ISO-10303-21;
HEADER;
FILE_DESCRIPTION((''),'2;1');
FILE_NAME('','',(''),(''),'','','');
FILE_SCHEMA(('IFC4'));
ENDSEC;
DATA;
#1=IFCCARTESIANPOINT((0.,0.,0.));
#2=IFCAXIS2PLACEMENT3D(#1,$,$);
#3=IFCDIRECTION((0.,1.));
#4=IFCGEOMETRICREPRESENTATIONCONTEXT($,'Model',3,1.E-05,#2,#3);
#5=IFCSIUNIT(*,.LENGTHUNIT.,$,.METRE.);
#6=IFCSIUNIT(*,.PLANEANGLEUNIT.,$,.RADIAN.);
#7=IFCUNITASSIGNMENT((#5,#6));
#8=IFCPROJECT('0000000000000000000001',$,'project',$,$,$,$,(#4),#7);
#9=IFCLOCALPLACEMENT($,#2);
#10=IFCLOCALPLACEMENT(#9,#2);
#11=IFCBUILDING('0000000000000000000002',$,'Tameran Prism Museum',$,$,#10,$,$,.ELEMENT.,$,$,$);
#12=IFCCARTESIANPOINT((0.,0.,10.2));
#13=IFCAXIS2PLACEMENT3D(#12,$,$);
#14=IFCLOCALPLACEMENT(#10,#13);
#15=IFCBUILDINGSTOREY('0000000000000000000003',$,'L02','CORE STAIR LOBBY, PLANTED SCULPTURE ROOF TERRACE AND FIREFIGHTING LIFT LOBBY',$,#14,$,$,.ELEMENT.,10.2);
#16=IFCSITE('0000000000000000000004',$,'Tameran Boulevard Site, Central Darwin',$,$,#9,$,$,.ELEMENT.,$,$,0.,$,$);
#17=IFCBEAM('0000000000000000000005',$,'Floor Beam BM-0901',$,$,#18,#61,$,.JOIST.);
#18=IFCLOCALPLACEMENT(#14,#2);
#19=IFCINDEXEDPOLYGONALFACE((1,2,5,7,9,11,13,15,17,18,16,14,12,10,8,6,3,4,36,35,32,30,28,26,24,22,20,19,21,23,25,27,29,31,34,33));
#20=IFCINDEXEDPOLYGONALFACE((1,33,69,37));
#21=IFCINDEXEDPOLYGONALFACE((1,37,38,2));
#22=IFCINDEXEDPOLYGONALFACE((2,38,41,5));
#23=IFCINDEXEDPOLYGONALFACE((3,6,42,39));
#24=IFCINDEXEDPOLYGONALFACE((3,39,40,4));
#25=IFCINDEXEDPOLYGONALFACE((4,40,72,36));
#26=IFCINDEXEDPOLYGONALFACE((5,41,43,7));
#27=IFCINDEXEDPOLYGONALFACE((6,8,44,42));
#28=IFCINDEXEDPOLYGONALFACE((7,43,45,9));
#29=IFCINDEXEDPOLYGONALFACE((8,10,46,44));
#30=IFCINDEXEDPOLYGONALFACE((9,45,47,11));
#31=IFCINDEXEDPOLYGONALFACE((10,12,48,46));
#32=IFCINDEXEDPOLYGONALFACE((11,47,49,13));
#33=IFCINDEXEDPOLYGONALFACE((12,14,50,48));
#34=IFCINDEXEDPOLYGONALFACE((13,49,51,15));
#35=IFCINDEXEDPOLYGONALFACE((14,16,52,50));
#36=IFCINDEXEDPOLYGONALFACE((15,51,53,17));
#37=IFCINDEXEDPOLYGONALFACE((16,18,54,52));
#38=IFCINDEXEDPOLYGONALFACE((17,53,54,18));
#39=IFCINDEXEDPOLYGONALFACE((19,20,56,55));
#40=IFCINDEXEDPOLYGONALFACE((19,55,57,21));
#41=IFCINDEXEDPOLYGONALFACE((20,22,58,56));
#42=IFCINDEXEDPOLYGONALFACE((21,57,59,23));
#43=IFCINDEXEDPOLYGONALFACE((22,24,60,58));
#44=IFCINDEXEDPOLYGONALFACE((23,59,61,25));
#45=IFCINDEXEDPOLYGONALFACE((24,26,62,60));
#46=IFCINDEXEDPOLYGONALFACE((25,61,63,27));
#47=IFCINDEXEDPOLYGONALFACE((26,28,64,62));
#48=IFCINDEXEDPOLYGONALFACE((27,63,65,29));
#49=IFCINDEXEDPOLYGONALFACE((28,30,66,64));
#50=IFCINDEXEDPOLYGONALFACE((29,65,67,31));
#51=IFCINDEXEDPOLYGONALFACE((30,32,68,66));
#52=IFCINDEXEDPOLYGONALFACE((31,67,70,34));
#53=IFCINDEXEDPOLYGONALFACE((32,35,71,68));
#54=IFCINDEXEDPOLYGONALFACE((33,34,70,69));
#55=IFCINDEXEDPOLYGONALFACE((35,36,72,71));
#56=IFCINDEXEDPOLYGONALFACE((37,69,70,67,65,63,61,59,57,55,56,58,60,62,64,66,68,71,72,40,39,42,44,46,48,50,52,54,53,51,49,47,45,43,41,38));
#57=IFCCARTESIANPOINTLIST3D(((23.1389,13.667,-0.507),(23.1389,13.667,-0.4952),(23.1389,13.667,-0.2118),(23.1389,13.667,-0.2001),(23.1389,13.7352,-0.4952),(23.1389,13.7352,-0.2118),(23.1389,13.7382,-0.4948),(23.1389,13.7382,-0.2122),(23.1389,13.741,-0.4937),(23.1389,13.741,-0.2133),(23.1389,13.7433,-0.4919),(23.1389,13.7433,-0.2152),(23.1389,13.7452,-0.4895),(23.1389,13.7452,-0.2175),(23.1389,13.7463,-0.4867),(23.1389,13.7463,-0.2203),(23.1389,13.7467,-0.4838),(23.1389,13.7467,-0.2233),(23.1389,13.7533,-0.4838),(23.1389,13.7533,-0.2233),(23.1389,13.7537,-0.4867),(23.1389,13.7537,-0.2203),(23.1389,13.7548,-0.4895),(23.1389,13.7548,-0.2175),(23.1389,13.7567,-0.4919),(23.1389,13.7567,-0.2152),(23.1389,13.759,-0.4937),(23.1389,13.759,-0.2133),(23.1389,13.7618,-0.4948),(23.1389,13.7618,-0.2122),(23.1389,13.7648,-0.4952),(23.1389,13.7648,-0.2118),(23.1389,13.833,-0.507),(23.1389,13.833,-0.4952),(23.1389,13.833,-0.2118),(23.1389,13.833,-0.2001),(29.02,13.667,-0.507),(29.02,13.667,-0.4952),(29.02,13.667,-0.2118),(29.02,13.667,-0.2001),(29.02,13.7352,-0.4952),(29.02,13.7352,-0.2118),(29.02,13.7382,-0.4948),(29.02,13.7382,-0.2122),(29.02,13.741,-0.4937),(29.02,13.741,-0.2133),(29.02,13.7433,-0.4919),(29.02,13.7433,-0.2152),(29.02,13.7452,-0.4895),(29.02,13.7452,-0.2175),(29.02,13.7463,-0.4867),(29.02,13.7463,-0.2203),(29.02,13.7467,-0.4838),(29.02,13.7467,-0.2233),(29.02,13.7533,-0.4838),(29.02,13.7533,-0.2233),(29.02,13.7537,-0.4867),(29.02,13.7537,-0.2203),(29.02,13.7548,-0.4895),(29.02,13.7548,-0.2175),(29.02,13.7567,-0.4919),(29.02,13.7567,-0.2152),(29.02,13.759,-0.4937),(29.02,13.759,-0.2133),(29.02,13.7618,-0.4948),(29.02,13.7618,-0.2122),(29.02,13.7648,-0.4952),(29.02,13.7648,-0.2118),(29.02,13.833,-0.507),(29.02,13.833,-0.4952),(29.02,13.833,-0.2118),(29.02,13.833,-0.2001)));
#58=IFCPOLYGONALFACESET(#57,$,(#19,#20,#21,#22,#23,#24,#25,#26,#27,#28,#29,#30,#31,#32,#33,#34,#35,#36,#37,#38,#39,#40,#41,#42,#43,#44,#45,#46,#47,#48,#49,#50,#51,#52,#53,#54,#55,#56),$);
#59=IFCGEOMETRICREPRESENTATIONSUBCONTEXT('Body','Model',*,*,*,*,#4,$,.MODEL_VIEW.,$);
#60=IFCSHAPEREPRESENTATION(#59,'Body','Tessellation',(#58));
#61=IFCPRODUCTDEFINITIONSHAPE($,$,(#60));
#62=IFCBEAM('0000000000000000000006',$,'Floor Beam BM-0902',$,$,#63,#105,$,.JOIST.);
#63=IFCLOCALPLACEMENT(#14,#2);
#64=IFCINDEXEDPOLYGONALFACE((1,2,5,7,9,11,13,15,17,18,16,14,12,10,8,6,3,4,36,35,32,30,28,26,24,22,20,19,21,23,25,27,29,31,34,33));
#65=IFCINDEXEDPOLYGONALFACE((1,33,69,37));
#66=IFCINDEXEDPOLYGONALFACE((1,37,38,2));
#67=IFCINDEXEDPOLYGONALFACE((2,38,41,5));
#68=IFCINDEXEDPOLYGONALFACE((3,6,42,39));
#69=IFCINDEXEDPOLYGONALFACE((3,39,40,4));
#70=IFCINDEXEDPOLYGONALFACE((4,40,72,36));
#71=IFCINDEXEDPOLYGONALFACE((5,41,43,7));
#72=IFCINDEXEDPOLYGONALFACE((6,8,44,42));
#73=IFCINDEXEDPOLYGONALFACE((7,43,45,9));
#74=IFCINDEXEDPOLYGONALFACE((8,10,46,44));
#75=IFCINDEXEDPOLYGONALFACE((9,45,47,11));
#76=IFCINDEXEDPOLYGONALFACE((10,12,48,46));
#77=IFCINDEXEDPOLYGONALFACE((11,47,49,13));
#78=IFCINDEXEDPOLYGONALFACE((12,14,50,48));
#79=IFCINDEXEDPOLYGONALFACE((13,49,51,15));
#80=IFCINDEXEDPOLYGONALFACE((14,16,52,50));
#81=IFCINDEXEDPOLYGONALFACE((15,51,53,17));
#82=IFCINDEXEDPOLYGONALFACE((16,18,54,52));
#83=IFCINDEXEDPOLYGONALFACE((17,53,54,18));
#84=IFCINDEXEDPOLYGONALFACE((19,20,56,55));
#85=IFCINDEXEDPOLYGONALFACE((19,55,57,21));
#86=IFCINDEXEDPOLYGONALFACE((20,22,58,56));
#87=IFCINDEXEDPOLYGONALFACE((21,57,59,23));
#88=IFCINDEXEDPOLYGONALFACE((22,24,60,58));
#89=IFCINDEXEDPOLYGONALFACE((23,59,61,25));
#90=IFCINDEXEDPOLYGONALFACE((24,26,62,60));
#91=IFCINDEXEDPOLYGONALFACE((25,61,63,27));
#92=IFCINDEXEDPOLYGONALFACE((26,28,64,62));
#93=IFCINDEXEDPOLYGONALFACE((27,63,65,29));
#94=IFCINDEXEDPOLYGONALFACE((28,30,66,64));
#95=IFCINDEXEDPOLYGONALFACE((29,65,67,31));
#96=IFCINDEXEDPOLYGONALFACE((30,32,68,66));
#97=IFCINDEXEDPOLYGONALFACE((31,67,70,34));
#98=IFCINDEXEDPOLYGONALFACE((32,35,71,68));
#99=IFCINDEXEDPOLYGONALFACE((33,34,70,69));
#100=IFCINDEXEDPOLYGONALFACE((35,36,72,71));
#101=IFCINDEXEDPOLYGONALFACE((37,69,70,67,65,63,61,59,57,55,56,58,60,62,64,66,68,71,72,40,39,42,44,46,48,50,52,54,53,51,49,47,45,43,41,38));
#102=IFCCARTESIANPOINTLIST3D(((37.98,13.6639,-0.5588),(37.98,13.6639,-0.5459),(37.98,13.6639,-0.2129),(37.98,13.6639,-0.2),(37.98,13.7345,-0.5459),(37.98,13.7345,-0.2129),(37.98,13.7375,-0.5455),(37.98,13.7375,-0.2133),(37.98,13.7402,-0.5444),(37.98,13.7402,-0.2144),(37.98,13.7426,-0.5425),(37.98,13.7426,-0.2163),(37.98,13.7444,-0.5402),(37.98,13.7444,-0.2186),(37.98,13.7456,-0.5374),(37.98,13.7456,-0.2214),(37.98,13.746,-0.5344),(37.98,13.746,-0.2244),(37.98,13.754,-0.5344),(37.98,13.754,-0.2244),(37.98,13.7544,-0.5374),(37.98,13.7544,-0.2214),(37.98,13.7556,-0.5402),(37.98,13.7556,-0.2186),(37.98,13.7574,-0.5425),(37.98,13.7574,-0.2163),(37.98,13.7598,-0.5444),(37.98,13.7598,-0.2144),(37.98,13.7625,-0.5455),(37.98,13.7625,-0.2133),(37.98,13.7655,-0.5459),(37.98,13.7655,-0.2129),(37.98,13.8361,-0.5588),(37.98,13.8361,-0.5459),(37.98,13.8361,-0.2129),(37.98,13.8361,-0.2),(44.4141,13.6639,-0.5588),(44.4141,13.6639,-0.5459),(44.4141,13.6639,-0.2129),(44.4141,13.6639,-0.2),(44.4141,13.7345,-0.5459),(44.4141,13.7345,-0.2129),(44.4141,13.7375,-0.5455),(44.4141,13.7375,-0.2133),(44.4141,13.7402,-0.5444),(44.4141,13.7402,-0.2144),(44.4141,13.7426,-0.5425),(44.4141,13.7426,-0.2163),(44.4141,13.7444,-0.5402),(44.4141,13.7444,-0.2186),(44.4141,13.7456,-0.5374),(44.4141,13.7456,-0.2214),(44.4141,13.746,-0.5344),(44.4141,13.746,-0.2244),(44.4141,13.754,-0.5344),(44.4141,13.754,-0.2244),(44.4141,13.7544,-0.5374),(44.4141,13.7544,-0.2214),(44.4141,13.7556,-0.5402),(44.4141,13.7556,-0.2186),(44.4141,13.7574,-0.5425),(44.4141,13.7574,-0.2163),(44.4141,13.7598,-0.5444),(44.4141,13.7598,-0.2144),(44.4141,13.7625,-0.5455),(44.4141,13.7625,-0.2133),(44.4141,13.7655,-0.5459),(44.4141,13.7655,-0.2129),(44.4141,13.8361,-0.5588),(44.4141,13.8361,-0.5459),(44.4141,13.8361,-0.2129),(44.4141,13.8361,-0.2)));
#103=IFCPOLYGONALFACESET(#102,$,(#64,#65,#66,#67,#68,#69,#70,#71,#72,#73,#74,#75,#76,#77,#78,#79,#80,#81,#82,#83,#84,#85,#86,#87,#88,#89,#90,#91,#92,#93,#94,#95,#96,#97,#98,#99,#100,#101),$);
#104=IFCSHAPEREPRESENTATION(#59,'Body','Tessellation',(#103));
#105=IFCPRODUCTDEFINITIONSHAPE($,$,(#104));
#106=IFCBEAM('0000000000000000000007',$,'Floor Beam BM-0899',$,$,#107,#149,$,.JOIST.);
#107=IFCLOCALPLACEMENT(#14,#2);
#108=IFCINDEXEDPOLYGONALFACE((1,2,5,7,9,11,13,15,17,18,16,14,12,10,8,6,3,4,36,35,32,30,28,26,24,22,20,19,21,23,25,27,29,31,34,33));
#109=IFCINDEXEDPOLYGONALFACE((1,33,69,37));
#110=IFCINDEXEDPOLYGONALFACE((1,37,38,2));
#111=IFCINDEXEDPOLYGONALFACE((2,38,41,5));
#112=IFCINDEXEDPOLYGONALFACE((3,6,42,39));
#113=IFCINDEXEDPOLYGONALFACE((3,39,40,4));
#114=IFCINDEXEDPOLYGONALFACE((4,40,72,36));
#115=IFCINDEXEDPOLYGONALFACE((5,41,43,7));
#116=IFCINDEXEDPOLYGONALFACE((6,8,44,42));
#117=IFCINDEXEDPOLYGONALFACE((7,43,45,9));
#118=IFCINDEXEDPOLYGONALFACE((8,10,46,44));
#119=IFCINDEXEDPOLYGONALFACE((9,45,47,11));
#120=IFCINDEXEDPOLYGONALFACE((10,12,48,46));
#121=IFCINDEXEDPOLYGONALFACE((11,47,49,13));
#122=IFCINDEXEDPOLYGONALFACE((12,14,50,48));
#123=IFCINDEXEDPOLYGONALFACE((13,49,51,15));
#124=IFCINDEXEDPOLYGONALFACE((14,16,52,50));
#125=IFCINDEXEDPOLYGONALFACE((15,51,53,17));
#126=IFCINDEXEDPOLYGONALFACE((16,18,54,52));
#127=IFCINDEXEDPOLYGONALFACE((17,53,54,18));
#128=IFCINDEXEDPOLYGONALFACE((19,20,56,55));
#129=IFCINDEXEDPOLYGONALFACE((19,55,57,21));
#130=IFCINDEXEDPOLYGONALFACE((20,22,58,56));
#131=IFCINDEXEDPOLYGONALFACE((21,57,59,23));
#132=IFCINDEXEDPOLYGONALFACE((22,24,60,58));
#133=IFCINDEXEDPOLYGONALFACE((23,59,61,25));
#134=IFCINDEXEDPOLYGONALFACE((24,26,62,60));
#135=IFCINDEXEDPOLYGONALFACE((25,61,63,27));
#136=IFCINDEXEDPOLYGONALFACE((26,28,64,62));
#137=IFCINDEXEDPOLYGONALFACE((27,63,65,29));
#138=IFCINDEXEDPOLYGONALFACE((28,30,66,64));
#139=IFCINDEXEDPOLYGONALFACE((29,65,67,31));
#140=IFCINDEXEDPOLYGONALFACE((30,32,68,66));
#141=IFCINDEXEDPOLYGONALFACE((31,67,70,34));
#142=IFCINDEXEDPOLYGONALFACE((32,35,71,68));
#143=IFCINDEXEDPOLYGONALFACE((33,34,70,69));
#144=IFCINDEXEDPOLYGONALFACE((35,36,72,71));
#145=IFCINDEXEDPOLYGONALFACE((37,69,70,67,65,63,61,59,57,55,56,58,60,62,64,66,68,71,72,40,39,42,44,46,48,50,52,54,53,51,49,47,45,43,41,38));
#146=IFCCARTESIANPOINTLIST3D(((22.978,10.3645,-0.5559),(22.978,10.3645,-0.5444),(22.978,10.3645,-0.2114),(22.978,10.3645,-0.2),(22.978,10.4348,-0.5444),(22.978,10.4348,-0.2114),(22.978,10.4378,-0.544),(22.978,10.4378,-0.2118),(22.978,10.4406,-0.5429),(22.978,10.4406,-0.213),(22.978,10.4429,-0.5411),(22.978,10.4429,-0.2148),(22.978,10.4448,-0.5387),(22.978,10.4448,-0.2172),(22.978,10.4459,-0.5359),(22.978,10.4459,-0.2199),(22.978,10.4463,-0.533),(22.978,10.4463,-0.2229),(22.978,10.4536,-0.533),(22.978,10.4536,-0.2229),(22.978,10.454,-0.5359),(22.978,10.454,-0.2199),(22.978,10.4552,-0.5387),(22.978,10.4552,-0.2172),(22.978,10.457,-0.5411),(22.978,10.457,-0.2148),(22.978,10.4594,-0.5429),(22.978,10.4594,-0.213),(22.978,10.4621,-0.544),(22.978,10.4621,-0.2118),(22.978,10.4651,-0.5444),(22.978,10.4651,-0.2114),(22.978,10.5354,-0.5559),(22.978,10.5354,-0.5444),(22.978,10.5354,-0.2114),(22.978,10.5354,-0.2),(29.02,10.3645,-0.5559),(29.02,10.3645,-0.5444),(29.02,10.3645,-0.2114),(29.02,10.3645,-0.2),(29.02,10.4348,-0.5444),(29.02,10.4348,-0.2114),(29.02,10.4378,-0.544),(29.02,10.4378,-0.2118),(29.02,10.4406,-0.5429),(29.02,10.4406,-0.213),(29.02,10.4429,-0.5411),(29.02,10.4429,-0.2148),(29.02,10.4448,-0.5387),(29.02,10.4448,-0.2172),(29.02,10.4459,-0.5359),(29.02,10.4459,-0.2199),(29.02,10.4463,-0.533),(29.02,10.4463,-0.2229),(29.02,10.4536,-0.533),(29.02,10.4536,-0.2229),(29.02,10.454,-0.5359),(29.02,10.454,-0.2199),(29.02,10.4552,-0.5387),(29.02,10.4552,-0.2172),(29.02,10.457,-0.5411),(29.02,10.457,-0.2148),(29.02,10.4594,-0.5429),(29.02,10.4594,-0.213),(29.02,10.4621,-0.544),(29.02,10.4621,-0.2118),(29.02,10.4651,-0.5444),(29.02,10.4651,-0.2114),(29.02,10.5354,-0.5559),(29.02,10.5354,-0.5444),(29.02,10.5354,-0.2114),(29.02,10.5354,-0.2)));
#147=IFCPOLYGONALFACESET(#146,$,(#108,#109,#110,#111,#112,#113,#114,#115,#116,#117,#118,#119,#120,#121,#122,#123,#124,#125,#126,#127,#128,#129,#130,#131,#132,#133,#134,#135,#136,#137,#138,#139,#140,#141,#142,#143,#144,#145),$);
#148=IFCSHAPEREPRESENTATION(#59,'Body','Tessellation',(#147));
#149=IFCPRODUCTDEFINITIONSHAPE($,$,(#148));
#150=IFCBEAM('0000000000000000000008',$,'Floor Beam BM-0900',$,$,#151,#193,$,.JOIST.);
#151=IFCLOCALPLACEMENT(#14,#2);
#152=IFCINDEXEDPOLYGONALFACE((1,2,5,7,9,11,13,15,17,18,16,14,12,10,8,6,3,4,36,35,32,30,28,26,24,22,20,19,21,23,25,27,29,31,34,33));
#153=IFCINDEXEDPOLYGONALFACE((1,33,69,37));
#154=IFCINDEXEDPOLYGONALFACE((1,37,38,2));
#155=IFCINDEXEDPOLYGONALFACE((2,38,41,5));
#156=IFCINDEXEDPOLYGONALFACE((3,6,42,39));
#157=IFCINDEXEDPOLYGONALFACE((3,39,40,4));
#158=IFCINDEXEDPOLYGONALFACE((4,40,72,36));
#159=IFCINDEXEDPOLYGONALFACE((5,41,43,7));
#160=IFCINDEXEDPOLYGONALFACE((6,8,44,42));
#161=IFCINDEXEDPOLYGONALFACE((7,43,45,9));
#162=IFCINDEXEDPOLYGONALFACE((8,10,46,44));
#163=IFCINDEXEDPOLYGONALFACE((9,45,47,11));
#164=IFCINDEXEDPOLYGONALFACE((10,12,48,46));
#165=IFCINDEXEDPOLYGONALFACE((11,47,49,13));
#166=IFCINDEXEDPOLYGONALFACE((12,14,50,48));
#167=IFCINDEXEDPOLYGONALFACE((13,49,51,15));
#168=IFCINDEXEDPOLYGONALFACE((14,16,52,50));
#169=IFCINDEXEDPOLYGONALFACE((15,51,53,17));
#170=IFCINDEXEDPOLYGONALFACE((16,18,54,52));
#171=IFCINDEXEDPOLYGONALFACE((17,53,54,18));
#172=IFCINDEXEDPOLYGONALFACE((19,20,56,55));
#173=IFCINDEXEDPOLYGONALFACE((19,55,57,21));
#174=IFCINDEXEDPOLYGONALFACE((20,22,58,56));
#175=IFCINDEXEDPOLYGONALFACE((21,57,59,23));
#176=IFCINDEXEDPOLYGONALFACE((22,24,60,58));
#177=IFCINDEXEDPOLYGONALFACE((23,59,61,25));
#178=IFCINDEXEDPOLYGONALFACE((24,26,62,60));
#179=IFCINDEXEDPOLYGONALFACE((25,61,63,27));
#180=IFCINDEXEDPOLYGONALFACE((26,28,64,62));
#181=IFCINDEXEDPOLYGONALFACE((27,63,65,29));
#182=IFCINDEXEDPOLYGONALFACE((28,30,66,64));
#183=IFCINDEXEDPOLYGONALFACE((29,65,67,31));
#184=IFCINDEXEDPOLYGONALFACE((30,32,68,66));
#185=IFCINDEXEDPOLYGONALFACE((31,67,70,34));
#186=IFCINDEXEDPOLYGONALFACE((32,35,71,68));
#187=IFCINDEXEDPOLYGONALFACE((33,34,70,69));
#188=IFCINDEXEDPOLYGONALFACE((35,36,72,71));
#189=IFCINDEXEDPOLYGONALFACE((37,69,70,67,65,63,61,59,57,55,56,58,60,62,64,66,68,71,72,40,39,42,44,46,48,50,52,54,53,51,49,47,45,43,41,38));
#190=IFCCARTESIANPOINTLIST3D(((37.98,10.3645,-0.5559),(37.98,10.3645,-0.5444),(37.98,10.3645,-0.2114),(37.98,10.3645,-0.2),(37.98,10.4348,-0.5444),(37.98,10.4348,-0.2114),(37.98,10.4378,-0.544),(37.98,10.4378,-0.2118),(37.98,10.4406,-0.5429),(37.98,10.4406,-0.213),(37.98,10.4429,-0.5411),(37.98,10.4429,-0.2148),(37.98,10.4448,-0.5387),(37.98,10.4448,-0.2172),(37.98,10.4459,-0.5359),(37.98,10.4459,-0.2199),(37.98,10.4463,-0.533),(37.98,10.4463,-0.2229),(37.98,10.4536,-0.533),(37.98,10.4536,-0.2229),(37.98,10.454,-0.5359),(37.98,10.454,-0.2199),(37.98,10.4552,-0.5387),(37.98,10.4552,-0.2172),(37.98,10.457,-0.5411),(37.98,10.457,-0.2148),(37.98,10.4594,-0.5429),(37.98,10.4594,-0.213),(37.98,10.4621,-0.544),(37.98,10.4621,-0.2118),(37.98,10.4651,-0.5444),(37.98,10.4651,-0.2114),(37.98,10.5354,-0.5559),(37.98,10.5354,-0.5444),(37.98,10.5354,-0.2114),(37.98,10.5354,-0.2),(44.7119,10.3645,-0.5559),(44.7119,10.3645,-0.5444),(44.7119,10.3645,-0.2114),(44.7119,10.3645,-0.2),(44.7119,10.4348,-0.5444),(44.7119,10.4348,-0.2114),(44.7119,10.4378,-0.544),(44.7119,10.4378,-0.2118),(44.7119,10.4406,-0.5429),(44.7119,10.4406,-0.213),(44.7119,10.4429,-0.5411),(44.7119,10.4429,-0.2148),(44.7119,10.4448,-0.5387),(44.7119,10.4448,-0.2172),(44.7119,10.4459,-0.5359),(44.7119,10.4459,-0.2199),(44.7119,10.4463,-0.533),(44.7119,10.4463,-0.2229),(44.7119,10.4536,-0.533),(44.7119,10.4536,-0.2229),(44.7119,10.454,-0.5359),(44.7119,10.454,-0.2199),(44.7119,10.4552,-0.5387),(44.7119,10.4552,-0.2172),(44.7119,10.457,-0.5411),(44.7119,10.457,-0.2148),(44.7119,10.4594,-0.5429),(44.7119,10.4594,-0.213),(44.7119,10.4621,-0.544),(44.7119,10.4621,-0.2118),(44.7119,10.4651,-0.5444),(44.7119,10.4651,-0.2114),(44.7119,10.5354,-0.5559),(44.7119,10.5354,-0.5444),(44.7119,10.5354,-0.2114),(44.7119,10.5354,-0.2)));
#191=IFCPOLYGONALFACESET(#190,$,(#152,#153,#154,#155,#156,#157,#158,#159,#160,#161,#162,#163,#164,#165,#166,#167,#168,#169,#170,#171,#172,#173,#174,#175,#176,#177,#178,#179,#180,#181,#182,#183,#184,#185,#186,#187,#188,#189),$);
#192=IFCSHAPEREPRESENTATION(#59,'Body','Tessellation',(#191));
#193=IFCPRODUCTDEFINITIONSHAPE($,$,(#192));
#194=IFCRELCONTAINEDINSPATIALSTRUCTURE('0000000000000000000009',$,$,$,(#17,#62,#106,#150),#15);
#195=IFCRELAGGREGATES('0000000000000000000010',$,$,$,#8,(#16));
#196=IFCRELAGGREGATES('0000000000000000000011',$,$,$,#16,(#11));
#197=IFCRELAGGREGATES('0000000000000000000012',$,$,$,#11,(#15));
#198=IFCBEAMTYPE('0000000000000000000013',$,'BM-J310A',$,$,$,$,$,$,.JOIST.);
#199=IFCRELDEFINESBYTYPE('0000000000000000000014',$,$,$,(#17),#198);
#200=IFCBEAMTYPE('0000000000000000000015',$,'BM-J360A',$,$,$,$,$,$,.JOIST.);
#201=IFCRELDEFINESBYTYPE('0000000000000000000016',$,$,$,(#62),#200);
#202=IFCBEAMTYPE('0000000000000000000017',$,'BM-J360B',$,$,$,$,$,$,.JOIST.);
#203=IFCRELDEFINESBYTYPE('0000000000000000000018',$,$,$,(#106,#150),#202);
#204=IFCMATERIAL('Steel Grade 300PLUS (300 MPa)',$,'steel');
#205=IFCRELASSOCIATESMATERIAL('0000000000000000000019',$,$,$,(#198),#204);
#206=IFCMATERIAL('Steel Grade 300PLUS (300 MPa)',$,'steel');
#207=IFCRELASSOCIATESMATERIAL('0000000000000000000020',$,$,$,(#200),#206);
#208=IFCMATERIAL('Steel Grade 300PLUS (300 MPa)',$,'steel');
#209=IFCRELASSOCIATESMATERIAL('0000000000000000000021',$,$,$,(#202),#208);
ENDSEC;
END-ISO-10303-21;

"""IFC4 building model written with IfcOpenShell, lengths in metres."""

from ifc_helpers import new_model, si_unit, direction, frame, origin, origin_2d, place, context, subcontext, project, spatial, i_section, extrude, material, material_profile, profile_set, type_object, element, save


model = new_model("IFC4")

# Units and contexts
model_context = context("Model", 3, precision=1e-05, world=origin(), true_north=direction((0.0, 1.0)))
body_context = subcontext(model_context, "Body", "Model", "MODEL_VIEW")
ifc_project = project(units=[si_unit("LENGTHUNIT", "METRE"), si_unit("PLANEANGLEUNIT", "RADIAN")], contexts=[model_context])

# Site, building, storey
site_placement = place(None, origin())
site = spatial("IfcSite", under=ifc_project, at=site_placement, Name="Tameran Boulevard Site, Central Darwin", CompositionType="ELEMENT", RefElevation=0.0)
building_placement = place(site_placement, origin())
building = spatial("IfcBuilding", under=site, at=building_placement, Name="Tameran Prism Museum", CompositionType="ELEMENT")
storey_placement = place(building_placement, frame((0.0, 0.0, 10.2)))
storey = spatial("IfcBuildingStorey", under=building, at=storey_placement, Name="L02", Description="CORE STAIR LOBBY, PLANTED SCULPTURE ROOF TERRACE AND FIREFIGHTING LIFT LOBBY", CompositionType="ELEMENT", Elevation=10.2)

# Beams
ifc_material_1 = material(Name="Steel Grade 300PLUS (300 MPa)", Category="steel")
ifc_material_profile_1 = material_profile(ifc_material_1, i_section(OverallWidth=0.166, OverallDepth=0.3069, WebThickness=0.0066, FlangeThickness=0.0117, FilletRadius=0.0115, at=origin_2d()))
ifc_profile_set_1 = profile_set([ifc_material_profile_1])
beam_type_1 = type_object("IfcBeamType", Name="BM-J310A", PredefinedType="JOIST", material=ifc_profile_set_1)
beam_1_placement = place(storey_placement, frame((23.1389, 13.75, -0.3535), z_axis=(1.0, 0.0, 0.0), x_axis=(0.0, 1.0, 0.0)))
element("IfcBeam", 1, at=beam_1_placement, inside=storey, type_object=beam_type_1, Name="Floor Beam BM-0901", PredefinedType="JOIST", context=body_context, shape_type="SweptSolid", body=[
    extrude(i_section(OverallWidth=0.166, OverallDepth=0.3069, WebThickness=0.0066, FlangeThickness=0.0117, FilletRadius=0.0115, at=origin_2d()), origin(), (0.0, 0.0, 1.0), 5.8811),
])
ifc_material_2 = material(Name="Steel Grade 300PLUS (300 MPa)", Category="steel")
ifc_material_profile_2 = material_profile(ifc_material_2, i_section(OverallWidth=0.1721, OverallDepth=0.3589, WebThickness=0.0081, FlangeThickness=0.0129, FilletRadius=0.0115, at=origin_2d()))
ifc_profile_set_2 = profile_set([ifc_material_profile_2])
beam_type_2 = type_object("IfcBeamType", Name="BM-J360A", PredefinedType="JOIST", material=ifc_profile_set_2)
beam_2_placement = place(storey_placement, frame((37.98, 13.75, -0.3794), z_axis=(1.0, 0.0, 0.0), x_axis=(0.0, 1.0, 0.0)))
element("IfcBeam", 2, at=beam_2_placement, inside=storey, type_object=beam_type_2, Name="Floor Beam BM-0902", PredefinedType="JOIST", context=body_context, shape_type="SweptSolid", body=[
    extrude(i_section(OverallWidth=0.1721, OverallDepth=0.3589, WebThickness=0.0081, FlangeThickness=0.0129, FilletRadius=0.0115, at=origin_2d()), origin(), (0.0, 0.0, 1.0), 6.4341),
])
ifc_material_3 = material(Name="Steel Grade 300PLUS (300 MPa)", Category="steel")
ifc_material_profile_3 = material_profile(ifc_material_3, i_section(OverallWidth=0.1709, OverallDepth=0.356, WebThickness=0.0073, FlangeThickness=0.0115, FilletRadius=0.0115, at=origin_2d()))
ifc_profile_set_3 = profile_set([ifc_material_profile_3])
beam_type_3 = type_object("IfcBeamType", Name="BM-J360B", PredefinedType="JOIST", material=ifc_profile_set_3)
beam_3_placement = place(storey_placement, frame((22.978, 10.45, -0.3779), z_axis=(1.0, 0.0, 0.0), x_axis=(0.0, 1.0, 0.0)))
element("IfcBeam", 3, at=beam_3_placement, inside=storey, type_object=beam_type_3, Name="Floor Beam BM-0899", PredefinedType="JOIST", context=body_context, shape_type="SweptSolid", body=[
    extrude(i_section(OverallWidth=0.1709, OverallDepth=0.356, WebThickness=0.0073, FlangeThickness=0.0115, FilletRadius=0.0115, at=origin_2d()), origin(), (0.0, 0.0, 1.0), 6.042),
])
beam_4_placement = place(storey_placement, frame((37.98, 10.45, -0.3779), z_axis=(1.0, 0.0, 0.0), x_axis=(0.0, 1.0, 0.0)))
element("IfcBeam", 4, at=beam_4_placement, inside=storey, type_object=beam_type_3, Name="Floor Beam BM-0900", PredefinedType="JOIST", context=body_context, shape_type="SweptSolid", body=[
    extrude(i_section(OverallWidth=0.1709, OverallDepth=0.356, WebThickness=0.0073, FlangeThickness=0.0115, FilletRadius=0.0115, at=origin_2d()), origin(), (0.0, 0.0, 1.0), 6.7319),
])

save(model, "model.ifc")
